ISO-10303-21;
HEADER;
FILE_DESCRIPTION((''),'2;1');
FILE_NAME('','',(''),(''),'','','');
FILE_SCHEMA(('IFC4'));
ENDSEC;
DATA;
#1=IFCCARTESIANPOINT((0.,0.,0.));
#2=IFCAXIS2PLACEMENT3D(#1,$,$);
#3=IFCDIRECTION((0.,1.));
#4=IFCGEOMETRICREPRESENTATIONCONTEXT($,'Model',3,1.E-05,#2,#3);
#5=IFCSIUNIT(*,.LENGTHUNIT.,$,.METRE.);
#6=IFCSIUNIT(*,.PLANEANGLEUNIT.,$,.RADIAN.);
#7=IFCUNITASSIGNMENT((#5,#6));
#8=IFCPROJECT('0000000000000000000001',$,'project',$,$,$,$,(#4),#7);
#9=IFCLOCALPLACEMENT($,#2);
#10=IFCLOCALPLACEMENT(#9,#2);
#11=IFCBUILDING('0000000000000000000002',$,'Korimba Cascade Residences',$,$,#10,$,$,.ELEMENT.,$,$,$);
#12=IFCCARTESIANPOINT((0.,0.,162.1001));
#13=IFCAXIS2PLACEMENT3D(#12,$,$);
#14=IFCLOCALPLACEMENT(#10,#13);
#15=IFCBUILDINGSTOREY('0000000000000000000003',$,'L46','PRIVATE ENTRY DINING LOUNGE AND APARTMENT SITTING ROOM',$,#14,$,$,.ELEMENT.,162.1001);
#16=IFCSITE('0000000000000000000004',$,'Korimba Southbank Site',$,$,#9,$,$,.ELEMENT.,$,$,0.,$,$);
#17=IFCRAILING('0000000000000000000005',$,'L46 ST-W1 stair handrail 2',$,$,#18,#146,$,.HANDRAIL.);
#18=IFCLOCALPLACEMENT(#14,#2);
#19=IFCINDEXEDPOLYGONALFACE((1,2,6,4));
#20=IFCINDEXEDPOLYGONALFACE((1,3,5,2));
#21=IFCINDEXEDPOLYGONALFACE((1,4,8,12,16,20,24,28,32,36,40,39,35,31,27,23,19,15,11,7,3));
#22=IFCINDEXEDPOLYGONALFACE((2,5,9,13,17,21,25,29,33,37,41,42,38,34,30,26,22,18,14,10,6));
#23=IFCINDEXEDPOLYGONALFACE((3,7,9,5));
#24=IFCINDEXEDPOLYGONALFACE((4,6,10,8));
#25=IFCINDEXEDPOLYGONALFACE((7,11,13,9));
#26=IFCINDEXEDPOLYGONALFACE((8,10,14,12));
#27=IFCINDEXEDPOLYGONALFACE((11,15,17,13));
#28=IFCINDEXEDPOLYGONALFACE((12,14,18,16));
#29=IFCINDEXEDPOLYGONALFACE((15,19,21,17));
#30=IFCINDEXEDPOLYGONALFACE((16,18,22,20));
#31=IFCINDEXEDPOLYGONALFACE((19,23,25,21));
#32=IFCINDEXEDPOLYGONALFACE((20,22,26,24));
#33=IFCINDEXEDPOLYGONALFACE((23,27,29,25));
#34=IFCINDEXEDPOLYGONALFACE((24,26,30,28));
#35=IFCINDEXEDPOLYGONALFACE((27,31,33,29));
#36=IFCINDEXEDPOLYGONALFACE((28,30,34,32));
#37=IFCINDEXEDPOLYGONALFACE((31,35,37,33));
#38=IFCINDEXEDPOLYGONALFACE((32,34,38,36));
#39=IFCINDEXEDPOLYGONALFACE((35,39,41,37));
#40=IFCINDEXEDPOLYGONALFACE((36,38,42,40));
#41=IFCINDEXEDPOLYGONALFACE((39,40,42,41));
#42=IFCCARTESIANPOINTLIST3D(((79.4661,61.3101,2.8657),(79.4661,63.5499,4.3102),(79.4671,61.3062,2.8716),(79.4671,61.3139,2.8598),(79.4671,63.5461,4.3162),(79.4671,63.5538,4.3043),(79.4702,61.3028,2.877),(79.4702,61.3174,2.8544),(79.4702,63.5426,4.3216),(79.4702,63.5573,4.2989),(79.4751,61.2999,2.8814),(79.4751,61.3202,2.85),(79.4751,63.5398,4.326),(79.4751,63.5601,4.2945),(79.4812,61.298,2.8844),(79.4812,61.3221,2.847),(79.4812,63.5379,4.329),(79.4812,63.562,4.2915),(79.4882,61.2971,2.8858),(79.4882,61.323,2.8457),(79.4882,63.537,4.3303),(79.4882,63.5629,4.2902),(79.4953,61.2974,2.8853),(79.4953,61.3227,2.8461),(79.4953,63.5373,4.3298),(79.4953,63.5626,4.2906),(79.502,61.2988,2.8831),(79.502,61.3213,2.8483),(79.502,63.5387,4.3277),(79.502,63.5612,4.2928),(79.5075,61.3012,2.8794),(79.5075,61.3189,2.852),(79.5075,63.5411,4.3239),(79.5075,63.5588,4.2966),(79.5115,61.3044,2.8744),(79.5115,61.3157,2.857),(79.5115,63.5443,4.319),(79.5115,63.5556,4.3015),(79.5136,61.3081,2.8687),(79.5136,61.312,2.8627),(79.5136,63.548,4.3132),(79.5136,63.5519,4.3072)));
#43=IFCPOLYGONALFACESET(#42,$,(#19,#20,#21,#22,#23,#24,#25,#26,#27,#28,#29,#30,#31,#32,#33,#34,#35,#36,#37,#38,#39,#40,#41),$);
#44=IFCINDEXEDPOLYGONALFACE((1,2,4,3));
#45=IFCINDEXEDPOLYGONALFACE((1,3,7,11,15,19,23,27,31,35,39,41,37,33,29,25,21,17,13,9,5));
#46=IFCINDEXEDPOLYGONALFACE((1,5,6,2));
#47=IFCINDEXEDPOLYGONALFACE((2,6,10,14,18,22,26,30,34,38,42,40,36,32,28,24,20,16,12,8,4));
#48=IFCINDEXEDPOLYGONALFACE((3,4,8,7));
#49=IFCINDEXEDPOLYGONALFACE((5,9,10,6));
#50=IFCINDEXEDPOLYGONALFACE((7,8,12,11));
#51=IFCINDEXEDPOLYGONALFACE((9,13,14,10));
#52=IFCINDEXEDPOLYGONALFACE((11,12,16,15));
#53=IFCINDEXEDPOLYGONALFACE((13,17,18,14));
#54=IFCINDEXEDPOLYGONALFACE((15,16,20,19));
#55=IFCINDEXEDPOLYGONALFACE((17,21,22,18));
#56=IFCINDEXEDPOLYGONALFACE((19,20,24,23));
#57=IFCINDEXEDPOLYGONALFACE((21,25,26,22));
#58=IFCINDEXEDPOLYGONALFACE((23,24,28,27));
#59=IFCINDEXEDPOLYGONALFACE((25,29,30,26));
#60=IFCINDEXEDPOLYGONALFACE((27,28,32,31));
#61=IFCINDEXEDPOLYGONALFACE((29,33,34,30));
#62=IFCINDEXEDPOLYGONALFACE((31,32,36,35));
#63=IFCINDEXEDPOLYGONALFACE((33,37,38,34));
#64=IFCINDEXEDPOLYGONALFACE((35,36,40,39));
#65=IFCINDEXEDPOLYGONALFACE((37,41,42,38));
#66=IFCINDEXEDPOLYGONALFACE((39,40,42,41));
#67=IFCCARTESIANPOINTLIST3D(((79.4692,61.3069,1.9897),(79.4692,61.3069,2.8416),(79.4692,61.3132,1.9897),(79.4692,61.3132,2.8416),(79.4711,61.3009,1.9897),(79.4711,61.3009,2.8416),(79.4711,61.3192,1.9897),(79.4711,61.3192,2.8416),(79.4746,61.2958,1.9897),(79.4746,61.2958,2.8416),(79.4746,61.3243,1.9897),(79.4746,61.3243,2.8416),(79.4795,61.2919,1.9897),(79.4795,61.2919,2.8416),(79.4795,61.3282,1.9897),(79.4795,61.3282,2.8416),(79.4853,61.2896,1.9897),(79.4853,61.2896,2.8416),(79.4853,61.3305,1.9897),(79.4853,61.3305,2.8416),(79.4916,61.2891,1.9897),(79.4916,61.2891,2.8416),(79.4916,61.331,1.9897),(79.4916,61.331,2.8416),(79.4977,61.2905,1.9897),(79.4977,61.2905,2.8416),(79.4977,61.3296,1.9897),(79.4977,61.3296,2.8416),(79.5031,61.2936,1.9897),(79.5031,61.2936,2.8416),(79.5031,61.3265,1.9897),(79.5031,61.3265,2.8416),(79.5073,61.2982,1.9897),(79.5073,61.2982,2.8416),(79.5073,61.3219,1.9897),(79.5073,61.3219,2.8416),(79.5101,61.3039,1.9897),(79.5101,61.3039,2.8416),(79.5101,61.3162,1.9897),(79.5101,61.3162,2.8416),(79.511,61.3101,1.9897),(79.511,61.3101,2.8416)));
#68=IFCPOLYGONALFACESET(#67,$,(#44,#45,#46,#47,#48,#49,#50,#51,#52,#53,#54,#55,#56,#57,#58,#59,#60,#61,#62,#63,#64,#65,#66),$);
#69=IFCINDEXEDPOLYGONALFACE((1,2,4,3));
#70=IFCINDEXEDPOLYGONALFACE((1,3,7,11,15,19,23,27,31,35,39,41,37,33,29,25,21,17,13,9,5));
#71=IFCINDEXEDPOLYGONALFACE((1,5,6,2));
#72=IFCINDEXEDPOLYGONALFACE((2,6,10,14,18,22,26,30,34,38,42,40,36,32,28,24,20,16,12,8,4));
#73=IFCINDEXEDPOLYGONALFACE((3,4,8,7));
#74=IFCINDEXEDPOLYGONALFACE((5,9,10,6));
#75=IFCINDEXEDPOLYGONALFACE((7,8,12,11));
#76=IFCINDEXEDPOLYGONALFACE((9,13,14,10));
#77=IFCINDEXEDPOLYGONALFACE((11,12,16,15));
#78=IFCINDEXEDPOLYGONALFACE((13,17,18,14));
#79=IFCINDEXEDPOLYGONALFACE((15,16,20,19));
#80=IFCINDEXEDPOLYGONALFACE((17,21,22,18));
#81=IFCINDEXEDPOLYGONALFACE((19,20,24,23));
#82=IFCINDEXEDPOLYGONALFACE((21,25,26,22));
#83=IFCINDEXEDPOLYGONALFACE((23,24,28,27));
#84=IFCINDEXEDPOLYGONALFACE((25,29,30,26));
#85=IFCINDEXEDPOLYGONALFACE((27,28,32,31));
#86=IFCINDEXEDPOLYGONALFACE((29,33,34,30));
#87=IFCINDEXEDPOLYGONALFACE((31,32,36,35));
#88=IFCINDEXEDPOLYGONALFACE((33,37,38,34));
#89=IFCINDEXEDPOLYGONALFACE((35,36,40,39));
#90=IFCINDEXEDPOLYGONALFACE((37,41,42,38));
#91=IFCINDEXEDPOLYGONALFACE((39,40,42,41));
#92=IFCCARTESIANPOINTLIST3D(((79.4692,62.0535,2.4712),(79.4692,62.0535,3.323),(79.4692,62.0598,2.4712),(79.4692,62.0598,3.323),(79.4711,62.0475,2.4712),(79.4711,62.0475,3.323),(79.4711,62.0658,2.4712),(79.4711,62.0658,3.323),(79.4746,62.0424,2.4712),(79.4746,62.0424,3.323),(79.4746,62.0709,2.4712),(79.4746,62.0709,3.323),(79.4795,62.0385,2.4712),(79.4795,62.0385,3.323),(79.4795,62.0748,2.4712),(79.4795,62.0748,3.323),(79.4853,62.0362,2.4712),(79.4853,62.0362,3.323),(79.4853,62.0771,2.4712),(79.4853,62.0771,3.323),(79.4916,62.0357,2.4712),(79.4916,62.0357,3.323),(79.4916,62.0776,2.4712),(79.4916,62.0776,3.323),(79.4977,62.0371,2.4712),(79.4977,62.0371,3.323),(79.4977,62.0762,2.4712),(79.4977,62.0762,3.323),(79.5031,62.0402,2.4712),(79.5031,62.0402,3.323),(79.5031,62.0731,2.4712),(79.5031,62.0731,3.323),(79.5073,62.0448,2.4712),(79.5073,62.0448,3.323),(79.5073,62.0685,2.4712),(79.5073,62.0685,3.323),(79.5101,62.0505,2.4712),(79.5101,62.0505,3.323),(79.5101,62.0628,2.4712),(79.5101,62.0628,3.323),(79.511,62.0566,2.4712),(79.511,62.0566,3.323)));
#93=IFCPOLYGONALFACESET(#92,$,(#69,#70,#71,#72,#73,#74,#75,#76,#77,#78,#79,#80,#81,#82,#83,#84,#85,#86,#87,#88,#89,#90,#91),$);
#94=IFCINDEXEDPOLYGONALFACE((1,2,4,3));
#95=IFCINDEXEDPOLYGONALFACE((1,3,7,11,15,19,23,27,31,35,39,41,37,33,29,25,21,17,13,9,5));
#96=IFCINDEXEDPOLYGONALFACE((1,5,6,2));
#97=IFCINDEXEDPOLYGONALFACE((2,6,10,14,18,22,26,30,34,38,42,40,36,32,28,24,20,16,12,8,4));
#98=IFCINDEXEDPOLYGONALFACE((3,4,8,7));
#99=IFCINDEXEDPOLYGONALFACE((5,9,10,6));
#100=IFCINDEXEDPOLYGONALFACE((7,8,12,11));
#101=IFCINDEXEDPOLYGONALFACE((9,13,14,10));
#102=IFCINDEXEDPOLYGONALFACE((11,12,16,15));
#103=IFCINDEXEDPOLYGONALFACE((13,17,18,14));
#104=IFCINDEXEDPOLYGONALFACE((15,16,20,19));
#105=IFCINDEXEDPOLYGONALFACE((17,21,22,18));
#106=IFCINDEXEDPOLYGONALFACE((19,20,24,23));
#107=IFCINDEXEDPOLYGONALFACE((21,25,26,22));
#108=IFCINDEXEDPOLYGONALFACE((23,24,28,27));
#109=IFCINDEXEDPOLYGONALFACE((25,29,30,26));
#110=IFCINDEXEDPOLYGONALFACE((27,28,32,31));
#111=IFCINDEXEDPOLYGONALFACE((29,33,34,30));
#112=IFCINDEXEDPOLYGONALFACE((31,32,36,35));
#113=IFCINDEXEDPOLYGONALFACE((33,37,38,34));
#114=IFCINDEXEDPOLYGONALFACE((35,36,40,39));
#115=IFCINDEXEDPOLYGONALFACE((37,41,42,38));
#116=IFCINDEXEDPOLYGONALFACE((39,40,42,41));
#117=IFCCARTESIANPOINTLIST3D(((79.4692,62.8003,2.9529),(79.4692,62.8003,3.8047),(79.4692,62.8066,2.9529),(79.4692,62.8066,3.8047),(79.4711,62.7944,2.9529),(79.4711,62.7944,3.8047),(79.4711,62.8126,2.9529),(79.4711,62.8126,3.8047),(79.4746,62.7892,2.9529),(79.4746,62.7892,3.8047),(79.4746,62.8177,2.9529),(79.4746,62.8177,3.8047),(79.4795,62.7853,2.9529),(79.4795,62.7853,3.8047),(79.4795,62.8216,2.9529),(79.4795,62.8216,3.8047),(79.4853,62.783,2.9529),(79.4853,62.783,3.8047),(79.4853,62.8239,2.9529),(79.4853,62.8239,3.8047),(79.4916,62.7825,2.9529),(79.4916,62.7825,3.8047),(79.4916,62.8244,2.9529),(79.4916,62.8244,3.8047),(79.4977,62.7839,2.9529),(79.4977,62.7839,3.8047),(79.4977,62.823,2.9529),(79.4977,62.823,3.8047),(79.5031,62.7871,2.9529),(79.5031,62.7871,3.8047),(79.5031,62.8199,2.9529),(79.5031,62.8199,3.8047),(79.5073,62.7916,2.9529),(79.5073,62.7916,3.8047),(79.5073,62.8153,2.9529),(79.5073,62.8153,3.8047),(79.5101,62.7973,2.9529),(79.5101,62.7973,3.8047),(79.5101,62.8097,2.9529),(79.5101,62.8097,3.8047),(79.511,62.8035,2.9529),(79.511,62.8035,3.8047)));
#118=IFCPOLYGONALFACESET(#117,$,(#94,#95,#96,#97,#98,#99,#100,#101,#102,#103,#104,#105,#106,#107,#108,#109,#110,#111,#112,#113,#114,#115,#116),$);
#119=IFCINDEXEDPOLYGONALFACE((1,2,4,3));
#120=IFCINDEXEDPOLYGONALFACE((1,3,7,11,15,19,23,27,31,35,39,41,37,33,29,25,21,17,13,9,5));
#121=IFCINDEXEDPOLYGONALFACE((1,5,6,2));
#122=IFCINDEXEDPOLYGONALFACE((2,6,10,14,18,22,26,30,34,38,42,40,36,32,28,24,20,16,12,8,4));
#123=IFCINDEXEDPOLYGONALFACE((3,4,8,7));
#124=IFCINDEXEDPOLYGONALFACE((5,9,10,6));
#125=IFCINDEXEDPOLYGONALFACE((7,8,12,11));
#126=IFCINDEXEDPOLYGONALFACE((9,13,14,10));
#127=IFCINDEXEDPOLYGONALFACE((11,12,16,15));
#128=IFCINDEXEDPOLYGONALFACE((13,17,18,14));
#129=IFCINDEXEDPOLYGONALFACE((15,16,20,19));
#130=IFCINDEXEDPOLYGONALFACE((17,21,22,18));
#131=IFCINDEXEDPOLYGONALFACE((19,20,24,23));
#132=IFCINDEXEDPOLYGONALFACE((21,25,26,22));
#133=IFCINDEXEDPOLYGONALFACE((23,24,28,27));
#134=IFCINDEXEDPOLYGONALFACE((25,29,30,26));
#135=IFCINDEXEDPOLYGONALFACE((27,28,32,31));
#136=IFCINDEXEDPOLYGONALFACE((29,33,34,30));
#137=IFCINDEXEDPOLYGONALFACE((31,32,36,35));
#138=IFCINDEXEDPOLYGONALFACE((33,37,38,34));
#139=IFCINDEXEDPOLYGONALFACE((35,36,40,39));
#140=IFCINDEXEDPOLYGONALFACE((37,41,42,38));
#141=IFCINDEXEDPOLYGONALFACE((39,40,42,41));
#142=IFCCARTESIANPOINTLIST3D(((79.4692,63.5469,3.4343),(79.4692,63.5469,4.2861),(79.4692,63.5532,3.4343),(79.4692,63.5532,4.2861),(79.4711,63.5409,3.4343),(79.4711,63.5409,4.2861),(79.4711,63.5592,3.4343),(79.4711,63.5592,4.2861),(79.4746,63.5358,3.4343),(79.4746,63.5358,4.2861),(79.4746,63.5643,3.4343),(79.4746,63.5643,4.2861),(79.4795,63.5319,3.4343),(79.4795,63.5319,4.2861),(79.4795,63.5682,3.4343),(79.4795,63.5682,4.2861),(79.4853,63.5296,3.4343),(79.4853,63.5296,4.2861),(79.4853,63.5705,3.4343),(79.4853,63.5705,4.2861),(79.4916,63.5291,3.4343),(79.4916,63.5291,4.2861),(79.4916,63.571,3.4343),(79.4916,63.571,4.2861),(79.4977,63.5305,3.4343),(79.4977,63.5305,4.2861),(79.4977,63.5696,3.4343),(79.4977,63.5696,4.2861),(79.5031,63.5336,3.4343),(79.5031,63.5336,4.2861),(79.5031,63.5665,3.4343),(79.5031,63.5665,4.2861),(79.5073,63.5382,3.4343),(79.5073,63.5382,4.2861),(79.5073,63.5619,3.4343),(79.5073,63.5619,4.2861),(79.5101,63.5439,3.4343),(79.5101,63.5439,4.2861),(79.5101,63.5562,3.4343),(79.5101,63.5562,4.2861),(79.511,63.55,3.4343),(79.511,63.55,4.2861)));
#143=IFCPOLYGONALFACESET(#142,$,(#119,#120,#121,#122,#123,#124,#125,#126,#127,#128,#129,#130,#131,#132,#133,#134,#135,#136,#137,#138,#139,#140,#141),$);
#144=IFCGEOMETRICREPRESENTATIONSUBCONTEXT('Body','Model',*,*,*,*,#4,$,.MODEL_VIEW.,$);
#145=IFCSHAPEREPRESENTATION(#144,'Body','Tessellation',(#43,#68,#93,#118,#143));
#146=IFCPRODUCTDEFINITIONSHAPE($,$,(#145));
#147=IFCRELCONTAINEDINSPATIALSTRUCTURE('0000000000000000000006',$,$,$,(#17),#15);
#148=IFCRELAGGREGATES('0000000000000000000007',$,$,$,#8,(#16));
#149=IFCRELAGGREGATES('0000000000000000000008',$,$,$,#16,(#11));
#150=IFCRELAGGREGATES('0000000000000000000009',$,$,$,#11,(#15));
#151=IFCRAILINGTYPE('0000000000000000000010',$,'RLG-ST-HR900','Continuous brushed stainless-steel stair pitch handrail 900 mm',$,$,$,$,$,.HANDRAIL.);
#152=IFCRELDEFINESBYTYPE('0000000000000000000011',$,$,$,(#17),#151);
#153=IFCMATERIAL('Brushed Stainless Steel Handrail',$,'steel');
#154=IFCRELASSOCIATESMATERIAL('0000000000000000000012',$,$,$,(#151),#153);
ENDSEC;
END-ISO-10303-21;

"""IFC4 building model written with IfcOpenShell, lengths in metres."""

from ifc_helpers import new_model, si_unit, direction, frame, origin, origin_2d, place, context, subcontext, project, spatial, circle, extrude, material, type_object, element, save


model = new_model("IFC4")

# Units and contexts
model_context = context("Model", 3, precision=1e-05, world=origin(), true_north=direction((0.0, 1.0)))
body_context = subcontext(model_context, "Body", "Model", "MODEL_VIEW")
ifc_project = project(units=[si_unit("LENGTHUNIT", "METRE"), si_unit("PLANEANGLEUNIT", "RADIAN")], contexts=[model_context])

# Site, building, storey
site_placement = place(None, origin())
site = spatial("IfcSite", under=ifc_project, at=site_placement, Name="Korimba Southbank Site", CompositionType="ELEMENT", RefElevation=0.0)
building_placement = place(site_placement, origin())
building = spatial("IfcBuilding", under=site, at=building_placement, Name="Korimba Cascade Residences", CompositionType="ELEMENT")
storey_placement = place(building_placement, frame((0.0, 0.0, 162.1001)))
storey = spatial("IfcBuildingStorey", under=building, at=storey_placement, Name="L46", Description="PRIVATE ENTRY DINING LOUNGE AND APARTMENT SITTING ROOM", CompositionType="ELEMENT", Elevation=162.1001)

# Railing
ifc_material_1 = material(Name="Brushed Stainless Steel Handrail", Category="steel")
railing_type_1 = type_object("IfcRailingType", Name="RLG-ST-HR900", Description="Continuous brushed stainless-steel stair pitch handrail 900 mm", PredefinedType="HANDRAIL", material=ifc_material_1)
railing_1_placement = place(storey_placement, frame((79.49, 61.3101, 1.9897)))
element("IfcRailing", 1, at=railing_1_placement, inside=storey, type_object=railing_type_1, Name="L46 ST-W1 stair handrail 2", PredefinedType="HANDRAIL", context=body_context, shape_type="SweptSolid", body=[
    extrude(circle(Radius=0.0239, at=origin_2d()), frame((0.0, 0.0, 0.876), z_axis=(0.0, 0.840395, 0.541975), x_axis=(-1.0, 0.0, 0.0)), (0.0, 0.0, 1.0), 2.6653),
    extrude(circle(Radius=0.021, at=origin_2d()), origin(), (0.0, 0.0, 1.0), 0.8518),
    extrude(circle(Radius=0.021, at=origin_2d()), frame((0.0, 0.7466, 0.4814)), (0.0, 0.0, 1.0), 0.8518),
    extrude(circle(Radius=0.021, at=origin_2d()), frame((0.0, 1.4934, 0.9631)), (0.0, 0.0, 1.0), 0.8518),
    extrude(circle(Radius=0.021, at=origin_2d()), frame((0.0, 2.24, 1.4446)), (0.0, 0.0, 1.0), 0.8518),
])

save(model, "model.ifc")
